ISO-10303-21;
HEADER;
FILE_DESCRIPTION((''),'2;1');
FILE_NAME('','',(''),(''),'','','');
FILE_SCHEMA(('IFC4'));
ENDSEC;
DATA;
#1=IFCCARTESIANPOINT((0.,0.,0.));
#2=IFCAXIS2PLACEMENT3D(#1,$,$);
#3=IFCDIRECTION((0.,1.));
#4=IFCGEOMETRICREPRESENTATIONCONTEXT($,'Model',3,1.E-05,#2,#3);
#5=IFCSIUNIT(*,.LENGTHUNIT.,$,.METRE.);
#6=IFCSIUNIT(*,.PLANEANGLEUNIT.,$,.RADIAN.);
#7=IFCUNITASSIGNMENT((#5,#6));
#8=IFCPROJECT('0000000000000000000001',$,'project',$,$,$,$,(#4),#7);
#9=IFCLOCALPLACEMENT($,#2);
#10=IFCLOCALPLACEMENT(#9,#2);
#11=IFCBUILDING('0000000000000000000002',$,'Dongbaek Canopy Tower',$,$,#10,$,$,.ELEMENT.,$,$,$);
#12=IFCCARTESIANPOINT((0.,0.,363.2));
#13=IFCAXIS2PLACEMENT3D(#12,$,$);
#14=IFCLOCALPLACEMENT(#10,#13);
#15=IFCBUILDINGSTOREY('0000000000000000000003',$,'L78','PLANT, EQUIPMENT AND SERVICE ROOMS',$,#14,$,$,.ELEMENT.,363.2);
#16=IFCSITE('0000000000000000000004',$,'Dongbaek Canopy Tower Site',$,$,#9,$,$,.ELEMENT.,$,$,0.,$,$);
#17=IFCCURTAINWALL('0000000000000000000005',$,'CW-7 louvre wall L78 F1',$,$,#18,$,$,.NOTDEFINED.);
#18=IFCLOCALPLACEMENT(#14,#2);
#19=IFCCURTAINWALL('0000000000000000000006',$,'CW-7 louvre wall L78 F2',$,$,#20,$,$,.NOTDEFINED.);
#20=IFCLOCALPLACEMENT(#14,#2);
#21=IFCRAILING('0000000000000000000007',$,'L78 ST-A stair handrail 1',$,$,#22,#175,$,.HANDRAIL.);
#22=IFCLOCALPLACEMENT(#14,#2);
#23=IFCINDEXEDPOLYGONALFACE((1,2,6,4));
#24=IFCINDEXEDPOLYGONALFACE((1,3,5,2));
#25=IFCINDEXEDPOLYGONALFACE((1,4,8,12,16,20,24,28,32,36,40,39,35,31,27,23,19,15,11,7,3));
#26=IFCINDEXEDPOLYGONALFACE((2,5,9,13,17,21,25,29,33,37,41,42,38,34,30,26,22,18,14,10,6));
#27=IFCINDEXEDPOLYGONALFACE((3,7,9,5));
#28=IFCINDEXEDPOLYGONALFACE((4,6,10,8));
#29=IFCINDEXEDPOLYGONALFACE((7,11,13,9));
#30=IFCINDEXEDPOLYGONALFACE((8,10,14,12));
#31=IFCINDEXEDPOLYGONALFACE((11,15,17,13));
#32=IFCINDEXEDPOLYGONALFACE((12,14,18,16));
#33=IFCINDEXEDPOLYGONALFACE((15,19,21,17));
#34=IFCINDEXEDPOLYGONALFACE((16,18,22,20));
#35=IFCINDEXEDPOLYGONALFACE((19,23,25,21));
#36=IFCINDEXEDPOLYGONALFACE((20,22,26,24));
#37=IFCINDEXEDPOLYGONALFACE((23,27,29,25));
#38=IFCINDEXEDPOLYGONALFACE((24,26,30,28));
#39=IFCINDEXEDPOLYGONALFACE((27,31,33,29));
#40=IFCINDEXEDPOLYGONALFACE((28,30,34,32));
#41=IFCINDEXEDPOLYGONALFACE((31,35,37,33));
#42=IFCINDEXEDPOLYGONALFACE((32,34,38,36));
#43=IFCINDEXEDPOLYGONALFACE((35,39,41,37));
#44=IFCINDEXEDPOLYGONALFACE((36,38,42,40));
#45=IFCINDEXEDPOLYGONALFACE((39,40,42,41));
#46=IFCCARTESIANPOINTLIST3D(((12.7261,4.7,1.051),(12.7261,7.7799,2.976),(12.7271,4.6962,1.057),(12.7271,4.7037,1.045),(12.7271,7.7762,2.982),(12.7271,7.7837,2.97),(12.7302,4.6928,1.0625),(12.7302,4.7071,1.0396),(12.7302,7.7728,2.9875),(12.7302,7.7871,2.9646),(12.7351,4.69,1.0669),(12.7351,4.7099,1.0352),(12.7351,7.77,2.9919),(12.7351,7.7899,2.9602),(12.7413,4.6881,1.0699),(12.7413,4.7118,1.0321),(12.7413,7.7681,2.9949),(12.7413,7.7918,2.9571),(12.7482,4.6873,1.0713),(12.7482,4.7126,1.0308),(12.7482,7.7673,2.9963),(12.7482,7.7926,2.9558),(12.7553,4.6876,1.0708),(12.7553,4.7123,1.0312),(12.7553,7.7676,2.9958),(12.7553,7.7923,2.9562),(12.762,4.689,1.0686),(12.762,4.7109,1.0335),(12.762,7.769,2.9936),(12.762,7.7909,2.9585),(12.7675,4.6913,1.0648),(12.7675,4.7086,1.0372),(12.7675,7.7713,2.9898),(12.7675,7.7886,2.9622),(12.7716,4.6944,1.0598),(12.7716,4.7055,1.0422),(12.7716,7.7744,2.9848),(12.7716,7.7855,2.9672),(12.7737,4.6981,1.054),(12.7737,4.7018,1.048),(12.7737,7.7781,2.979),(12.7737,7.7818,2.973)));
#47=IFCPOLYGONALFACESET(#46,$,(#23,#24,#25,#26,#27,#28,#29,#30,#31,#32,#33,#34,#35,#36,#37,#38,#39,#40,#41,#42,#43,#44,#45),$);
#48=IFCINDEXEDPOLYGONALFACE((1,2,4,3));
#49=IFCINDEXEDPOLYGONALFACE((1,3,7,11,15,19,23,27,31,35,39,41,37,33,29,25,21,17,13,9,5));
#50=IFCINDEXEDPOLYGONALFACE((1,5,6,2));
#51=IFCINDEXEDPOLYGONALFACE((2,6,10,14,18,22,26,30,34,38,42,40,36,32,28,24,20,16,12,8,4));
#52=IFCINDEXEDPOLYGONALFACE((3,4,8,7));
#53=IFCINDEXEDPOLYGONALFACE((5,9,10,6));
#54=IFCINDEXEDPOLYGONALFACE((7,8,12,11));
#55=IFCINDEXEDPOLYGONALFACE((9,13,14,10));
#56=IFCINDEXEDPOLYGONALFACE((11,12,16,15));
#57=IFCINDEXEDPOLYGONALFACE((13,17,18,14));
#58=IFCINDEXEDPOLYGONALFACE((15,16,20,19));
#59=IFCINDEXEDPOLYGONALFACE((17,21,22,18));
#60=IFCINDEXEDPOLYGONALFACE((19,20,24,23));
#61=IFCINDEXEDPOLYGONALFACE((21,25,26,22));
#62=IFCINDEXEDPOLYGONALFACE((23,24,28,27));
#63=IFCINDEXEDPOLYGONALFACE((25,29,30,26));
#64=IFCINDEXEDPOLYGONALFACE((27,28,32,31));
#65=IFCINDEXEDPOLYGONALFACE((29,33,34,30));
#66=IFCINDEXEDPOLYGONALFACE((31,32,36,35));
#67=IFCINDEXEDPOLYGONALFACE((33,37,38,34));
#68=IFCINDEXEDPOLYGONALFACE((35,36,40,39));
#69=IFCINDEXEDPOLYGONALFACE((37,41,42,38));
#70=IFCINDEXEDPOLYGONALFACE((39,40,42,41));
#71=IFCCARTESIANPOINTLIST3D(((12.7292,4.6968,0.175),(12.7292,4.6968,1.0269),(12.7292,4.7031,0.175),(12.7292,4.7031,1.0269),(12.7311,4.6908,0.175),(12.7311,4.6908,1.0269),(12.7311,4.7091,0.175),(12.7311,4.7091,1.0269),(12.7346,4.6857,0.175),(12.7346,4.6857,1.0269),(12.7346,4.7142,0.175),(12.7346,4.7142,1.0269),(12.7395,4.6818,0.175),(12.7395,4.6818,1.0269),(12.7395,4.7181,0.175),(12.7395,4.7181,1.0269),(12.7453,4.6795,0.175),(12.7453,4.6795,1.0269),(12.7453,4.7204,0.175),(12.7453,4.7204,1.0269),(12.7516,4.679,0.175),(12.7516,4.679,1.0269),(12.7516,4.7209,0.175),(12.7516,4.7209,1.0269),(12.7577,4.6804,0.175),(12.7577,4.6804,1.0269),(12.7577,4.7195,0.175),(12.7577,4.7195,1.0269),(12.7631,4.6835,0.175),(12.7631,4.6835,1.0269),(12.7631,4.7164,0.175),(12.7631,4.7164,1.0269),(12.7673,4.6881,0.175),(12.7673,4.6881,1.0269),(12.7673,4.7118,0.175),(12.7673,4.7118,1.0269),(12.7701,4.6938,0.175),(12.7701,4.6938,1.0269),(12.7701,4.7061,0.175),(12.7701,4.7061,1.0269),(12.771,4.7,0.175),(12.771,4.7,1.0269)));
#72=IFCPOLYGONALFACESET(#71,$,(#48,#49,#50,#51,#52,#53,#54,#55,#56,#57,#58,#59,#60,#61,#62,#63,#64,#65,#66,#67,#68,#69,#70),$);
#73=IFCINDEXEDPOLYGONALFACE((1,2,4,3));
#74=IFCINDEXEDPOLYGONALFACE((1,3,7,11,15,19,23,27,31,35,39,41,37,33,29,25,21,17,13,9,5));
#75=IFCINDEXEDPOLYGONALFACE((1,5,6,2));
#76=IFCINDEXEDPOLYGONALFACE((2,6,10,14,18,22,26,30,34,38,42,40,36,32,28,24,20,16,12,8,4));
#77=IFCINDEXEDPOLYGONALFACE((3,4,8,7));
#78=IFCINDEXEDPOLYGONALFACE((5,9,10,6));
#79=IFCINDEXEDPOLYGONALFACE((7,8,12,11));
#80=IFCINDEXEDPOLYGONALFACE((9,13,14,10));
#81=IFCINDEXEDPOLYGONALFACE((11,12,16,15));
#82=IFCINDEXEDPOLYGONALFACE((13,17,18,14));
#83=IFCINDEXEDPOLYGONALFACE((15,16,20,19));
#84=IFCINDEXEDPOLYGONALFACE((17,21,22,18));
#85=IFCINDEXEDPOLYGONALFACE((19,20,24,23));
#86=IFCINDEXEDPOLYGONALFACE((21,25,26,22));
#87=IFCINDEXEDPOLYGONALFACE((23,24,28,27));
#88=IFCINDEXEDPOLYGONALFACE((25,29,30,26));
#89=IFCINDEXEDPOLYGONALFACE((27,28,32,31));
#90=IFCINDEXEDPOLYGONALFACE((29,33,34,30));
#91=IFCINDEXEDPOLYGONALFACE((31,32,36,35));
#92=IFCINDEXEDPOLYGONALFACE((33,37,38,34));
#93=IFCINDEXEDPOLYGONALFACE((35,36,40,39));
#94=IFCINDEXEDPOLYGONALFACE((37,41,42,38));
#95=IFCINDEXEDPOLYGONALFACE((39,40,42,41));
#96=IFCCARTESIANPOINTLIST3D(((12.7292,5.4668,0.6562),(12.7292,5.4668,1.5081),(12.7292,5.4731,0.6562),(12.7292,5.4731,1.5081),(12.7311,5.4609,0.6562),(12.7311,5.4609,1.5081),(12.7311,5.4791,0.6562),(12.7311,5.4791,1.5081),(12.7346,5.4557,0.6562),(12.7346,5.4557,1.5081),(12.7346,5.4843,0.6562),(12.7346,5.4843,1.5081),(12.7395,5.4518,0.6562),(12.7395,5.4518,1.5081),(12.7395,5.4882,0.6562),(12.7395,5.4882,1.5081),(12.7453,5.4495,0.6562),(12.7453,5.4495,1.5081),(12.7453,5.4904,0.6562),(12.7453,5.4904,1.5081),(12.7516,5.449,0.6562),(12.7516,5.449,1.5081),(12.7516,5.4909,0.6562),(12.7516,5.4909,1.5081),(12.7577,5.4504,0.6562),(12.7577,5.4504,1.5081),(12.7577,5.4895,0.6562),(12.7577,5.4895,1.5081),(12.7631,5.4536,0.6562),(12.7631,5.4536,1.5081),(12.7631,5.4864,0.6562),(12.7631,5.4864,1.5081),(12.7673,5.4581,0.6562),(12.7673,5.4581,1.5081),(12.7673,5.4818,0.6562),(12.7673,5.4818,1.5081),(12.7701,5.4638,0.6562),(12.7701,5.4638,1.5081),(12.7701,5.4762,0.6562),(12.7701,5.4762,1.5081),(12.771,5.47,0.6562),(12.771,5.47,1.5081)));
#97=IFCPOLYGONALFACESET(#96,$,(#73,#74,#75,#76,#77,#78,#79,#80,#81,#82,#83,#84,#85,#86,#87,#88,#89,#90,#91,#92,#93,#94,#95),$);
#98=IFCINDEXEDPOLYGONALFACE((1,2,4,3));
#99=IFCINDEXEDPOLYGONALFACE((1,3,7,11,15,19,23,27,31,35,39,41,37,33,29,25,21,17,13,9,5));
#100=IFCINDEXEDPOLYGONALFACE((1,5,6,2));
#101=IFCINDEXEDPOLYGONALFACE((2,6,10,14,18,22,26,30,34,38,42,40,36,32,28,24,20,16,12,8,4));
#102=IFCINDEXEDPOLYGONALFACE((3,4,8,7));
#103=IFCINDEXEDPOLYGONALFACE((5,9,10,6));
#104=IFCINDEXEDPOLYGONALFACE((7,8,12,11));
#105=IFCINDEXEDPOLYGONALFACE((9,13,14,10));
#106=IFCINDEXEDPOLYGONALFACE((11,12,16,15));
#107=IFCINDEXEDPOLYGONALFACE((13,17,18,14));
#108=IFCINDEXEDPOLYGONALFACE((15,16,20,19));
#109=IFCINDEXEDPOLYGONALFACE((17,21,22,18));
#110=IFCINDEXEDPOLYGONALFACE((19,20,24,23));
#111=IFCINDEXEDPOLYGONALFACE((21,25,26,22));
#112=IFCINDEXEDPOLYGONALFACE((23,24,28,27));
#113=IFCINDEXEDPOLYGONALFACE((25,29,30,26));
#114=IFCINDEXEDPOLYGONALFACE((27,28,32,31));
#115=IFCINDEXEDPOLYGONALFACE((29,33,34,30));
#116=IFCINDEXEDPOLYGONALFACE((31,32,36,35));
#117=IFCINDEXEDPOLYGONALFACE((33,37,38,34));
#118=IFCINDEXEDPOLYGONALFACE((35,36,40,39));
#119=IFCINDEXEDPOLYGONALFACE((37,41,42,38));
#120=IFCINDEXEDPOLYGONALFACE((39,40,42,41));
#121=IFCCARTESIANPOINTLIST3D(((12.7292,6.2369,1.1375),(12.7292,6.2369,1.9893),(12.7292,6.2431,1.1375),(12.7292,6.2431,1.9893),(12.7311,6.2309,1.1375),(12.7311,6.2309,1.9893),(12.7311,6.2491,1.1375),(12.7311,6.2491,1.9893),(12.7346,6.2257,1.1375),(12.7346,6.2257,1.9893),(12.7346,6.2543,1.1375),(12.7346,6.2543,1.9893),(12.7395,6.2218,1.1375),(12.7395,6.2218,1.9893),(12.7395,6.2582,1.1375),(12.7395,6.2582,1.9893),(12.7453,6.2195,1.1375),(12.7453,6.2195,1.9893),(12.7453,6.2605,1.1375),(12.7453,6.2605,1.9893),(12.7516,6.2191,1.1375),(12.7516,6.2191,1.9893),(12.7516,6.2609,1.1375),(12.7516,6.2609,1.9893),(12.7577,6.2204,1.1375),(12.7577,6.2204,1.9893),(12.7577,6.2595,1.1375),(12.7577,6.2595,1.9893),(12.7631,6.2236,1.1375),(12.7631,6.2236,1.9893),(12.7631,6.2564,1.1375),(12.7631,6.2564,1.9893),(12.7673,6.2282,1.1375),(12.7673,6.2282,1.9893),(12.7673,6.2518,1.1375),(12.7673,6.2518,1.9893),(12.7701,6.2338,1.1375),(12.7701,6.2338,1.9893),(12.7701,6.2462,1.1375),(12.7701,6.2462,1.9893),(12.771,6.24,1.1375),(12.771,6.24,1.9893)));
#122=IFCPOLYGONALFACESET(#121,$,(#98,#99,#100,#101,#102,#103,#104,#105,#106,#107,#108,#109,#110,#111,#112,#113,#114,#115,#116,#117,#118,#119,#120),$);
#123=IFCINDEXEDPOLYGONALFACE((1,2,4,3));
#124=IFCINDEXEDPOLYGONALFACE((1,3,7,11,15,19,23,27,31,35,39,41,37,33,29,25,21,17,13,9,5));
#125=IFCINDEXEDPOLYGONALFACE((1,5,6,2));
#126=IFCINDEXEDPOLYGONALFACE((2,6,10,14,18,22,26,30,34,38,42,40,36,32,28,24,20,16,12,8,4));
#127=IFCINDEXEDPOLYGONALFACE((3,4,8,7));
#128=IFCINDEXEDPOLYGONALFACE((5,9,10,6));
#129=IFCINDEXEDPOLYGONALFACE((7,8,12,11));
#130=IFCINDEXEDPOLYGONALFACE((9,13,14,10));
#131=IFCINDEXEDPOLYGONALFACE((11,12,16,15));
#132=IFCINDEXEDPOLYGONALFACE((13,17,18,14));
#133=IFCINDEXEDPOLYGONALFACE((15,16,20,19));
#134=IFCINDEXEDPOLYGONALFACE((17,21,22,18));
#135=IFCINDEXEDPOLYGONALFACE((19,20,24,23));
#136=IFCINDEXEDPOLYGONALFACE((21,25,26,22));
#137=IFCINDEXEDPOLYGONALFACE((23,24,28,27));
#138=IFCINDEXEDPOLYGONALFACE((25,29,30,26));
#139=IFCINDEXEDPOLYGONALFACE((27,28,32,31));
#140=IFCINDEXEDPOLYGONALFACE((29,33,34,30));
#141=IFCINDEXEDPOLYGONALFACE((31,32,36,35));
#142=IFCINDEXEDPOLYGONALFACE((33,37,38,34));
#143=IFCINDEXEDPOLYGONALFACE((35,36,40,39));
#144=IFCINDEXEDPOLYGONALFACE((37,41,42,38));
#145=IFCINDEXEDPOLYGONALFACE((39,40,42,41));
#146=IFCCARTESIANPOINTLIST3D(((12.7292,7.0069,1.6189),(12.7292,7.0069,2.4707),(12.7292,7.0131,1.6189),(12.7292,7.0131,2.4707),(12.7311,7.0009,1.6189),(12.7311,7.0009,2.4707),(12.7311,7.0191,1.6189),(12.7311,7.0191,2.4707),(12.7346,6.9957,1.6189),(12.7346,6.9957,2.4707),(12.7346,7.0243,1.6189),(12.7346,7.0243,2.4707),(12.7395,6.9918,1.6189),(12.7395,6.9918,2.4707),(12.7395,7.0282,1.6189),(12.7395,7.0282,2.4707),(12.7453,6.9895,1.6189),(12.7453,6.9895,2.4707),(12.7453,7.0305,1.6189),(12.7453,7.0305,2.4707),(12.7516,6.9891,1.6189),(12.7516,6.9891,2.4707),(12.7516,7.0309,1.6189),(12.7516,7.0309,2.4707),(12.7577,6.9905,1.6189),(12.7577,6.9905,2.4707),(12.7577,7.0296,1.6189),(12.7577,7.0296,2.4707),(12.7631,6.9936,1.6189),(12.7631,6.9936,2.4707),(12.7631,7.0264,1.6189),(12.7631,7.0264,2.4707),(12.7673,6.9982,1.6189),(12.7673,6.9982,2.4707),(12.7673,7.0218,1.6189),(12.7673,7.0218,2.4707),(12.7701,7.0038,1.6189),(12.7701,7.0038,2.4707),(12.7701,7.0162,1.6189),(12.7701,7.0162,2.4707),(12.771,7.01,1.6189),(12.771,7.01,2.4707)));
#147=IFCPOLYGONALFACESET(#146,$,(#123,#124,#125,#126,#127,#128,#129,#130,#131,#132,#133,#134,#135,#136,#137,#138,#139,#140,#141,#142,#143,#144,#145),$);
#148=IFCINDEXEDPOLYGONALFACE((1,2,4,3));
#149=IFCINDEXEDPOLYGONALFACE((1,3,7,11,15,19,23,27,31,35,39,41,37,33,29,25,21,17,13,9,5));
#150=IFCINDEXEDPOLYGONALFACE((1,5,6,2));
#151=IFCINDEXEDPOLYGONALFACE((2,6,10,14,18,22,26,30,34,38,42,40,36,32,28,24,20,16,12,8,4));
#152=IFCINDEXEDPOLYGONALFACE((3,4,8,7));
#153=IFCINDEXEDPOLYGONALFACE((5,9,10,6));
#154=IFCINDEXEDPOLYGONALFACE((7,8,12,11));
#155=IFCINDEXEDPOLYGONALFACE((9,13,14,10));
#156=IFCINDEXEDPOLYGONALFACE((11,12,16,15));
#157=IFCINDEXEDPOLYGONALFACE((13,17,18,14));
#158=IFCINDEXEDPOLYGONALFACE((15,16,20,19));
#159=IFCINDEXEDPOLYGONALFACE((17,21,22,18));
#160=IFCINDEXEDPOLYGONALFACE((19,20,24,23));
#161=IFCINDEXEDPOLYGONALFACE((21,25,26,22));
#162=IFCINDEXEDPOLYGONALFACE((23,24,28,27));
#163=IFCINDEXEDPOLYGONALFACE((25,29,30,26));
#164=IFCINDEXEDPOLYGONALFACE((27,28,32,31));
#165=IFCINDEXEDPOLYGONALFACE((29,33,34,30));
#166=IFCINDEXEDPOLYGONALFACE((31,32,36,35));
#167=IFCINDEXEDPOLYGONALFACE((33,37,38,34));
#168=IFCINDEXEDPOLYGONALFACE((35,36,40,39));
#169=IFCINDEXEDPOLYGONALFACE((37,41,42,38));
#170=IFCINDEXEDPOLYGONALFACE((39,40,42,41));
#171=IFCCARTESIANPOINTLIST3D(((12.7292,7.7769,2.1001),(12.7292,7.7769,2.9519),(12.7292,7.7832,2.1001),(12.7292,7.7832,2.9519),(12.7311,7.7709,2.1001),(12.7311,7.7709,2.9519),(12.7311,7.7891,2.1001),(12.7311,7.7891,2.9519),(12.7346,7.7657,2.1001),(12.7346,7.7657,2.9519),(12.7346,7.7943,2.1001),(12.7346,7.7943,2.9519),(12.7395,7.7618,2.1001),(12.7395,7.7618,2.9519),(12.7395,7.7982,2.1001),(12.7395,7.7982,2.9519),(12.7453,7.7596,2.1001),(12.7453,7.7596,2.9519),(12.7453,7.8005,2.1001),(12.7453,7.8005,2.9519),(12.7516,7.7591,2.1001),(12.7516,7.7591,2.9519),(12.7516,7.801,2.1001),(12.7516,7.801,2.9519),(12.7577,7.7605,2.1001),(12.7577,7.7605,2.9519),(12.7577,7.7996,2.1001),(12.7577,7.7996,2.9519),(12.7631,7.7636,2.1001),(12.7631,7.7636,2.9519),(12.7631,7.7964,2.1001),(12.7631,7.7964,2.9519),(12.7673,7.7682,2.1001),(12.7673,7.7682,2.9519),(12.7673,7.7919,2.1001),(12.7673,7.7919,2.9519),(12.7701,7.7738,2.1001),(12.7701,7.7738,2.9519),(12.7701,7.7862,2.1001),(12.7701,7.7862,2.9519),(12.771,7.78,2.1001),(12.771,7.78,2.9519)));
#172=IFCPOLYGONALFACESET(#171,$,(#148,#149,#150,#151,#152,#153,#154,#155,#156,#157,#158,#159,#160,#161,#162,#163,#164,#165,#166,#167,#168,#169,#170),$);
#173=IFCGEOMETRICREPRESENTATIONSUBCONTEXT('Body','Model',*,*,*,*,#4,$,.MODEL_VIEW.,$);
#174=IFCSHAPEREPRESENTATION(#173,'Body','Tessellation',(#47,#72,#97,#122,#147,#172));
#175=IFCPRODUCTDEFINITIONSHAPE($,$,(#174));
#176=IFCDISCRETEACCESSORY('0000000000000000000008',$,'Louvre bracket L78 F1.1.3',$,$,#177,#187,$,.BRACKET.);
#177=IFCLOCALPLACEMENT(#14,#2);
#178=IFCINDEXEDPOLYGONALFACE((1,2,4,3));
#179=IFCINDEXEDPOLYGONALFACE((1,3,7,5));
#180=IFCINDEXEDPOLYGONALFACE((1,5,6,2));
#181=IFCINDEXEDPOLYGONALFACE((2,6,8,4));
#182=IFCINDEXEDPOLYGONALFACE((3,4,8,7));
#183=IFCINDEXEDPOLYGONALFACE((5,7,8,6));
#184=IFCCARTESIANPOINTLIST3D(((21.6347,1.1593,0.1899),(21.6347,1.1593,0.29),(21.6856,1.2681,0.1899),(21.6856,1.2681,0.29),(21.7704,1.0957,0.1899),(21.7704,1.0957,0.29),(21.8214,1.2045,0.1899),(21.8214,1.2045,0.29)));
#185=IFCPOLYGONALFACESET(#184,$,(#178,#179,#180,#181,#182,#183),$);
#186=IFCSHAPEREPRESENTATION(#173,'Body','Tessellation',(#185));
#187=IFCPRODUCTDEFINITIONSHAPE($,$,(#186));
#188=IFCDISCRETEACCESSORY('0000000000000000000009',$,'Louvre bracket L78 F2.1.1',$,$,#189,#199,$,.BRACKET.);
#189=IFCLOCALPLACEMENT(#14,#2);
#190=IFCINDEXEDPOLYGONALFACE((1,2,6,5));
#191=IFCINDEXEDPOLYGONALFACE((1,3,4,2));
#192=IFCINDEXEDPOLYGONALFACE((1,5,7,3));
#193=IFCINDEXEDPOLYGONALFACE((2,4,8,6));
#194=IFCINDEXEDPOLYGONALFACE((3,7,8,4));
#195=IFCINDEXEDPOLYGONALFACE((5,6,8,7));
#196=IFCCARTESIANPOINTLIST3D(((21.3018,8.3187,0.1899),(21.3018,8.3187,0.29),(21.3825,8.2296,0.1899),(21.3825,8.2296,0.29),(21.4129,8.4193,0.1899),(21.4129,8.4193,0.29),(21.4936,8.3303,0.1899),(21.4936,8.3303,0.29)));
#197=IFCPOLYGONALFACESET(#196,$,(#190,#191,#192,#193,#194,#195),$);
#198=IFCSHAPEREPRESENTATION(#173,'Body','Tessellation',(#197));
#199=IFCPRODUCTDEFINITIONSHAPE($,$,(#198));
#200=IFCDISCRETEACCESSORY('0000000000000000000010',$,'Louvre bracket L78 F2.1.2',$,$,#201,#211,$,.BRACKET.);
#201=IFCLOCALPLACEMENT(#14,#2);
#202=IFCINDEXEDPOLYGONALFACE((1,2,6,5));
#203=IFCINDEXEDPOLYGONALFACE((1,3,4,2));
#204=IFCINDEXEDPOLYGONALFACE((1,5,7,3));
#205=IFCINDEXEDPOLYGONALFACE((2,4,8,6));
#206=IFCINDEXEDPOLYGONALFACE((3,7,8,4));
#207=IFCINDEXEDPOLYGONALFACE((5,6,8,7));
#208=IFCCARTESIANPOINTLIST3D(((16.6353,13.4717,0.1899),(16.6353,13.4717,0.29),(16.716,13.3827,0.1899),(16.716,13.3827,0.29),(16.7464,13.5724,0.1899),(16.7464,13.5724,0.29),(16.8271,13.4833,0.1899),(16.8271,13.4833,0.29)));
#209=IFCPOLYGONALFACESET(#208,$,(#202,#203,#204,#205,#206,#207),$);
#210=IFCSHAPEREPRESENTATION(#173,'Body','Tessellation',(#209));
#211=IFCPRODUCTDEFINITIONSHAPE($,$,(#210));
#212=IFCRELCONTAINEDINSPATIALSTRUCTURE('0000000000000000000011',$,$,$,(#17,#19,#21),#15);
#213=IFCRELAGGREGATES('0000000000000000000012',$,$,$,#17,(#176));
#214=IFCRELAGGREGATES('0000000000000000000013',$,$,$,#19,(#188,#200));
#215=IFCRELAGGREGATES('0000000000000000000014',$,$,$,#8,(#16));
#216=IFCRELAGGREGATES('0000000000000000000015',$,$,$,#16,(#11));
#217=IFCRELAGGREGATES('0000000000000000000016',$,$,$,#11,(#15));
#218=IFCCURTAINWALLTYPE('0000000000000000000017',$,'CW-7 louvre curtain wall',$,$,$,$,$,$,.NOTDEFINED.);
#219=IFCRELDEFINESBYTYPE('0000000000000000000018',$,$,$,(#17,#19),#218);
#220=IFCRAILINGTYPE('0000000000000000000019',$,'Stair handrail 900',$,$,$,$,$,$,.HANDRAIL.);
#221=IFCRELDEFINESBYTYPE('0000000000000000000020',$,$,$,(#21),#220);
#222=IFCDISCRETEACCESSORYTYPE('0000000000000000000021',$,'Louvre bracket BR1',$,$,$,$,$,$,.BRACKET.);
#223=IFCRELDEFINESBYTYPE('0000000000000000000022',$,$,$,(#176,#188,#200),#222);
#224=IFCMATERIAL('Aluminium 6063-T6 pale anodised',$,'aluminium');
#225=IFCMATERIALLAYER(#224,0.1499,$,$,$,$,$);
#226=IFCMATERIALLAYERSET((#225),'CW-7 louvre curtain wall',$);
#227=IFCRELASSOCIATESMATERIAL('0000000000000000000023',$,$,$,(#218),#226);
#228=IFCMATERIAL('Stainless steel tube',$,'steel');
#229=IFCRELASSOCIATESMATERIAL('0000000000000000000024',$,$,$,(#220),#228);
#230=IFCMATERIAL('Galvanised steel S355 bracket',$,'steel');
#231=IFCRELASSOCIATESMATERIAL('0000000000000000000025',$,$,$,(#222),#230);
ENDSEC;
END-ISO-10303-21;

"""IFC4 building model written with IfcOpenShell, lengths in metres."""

from ifc_helpers import new_model, si_unit, direction, frame, origin, origin_2d, place, context, subcontext, project, spatial, rectangle, circle, extrude, material, layer, layer_set, type_object, element, aggregate, save


model = new_model("IFC4")

# Units and contexts
model_context = context("Model", 3, precision=1e-05, world=origin(), true_north=direction((0.0, 1.0)))
body_context = subcontext(model_context, "Body", "Model", "MODEL_VIEW")
ifc_project = project(units=[si_unit("LENGTHUNIT", "METRE"), si_unit("PLANEANGLEUNIT", "RADIAN")], contexts=[model_context])

# Site, building, storey
site_placement = place(None, origin())
site = spatial("IfcSite", under=ifc_project, at=site_placement, Name="Dongbaek Canopy Tower Site", CompositionType="ELEMENT", RefElevation=0.0)
building_placement = place(site_placement, origin())
building = spatial("IfcBuilding", under=site, at=building_placement, Name="Dongbaek Canopy Tower", CompositionType="ELEMENT")
storey_placement = place(building_placement, frame((0.0, 0.0, 363.2)))
storey = spatial("IfcBuildingStorey", under=building, at=storey_placement, Name="L78", Description="PLANT, EQUIPMENT AND SERVICE ROOMS", CompositionType="ELEMENT", Elevation=363.2)

# Curtain wall
ifc_material_1 = material(Name="Aluminium 6063-T6 pale anodised", Category="aluminium")
ifc_layer_1 = layer(ifc_material_1, 0.1499)
ifc_layer_set_1 = layer_set([ifc_layer_1], Name="CW-7 louvre curtain wall")
curtain_wall_type = type_object("IfcCurtainWallType", Name="CW-7 louvre curtain wall", PredefinedType="NOTDEFINED", material=ifc_layer_set_1)
curtain_wall_1_placement = place(storey_placement, origin())
curtain_wall_1 = element("IfcCurtainWall", 1, at=curtain_wall_1_placement, inside=storey, type_object=curtain_wall_type, Name="CW-7 louvre wall L78 F1", PredefinedType="NOTDEFINED")

# Curtain wall
curtain_wall_2_placement = place(storey_placement, origin())
curtain_wall_2 = element("IfcCurtainWall", 2, at=curtain_wall_2_placement, inside=storey, type_object=curtain_wall_type, Name="CW-7 louvre wall L78 F2", PredefinedType="NOTDEFINED")

# Railing
ifc_material_2 = material(Name="Stainless steel tube", Category="steel")
railing_type_1 = type_object("IfcRailingType", Name="Stair handrail 900", PredefinedType="HANDRAIL", material=ifc_material_2)
railing_1_placement = place(storey_placement, frame((12.75, 4.7, 0.175)))
element("IfcRailing", 3, at=railing_1_placement, inside=storey, type_object=railing_type_1, Name="L78 ST-A stair handrail 1", PredefinedType="HANDRAIL", context=body_context, shape_type="SweptSolid", body=[
    extrude(circle(Radius=0.0239, at=origin_2d()), frame((0.0, 0.0, 0.876), z_axis=(0.0, 0.847998, 0.529999), x_axis=(-1.0, 0.0, 0.0)), (0.0, 0.0, 1.0), 3.6321),
    extrude(circle(Radius=0.021, at=origin_2d()), origin(), (0.0, 0.0, 1.0), 0.8518),
    extrude(circle(Radius=0.021, at=origin_2d()), frame((0.0, 0.77, 0.4812)), (0.0, 0.0, 1.0), 0.8518),
    extrude(circle(Radius=0.021, at=origin_2d()), frame((0.0, 1.54, 0.9624)), (0.0, 0.0, 1.0), 0.8518),
    extrude(circle(Radius=0.021, at=origin_2d()), frame((0.0, 2.3101, 1.4438)), (0.0, 0.0, 1.0), 0.8518),
    extrude(circle(Radius=0.021, at=origin_2d()), frame((0.0, 3.0801, 1.925)), (0.0, 0.0, 1.0), 0.8518),
])

# Discrete accessories
ifc_material_3 = material(Name="Galvanised steel S355 bracket", Category="steel")
discrete_accessory_type = type_object("IfcDiscreteAccessoryType", Name="Louvre bracket BR1", PredefinedType="BRACKET", material=ifc_material_3)
discrete_accessory_1_placement = place(storey_placement, frame((21.728, 1.1819, 0.1899), z_axis=(0.0, 0.0, 1.0), x_axis=(0.424123, 0.905605, 0.0)))
discrete_accessory_1 = element("IfcDiscreteAccessory", 4, at=discrete_accessory_1_placement, type_object=discrete_accessory_type, Name="Louvre bracket L78 F1.1.3", PredefinedType="BRACKET", context=body_context, shape_type="SweptSolid", body=[
    extrude(rectangle(XDim=0.1201, YDim=0.1499, at=origin_2d()), origin(), (0.0, 0.0, 1.0), 0.1001),
])
aggregate(curtain_wall_1, [discrete_accessory_1])
discrete_accessory_2_placement = place(storey_placement, frame((21.3977, 8.3245, 0.1899), z_axis=(0.0, 0.0, 1.0), x_axis=(-0.67126, 0.741222, 0.0)))
discrete_accessory_2 = element("IfcDiscreteAccessory", 5, at=discrete_accessory_2_placement, type_object=discrete_accessory_type, Name="Louvre bracket L78 F2.1.1", PredefinedType="BRACKET", context=body_context, shape_type="SweptSolid", body=[
    extrude(rectangle(XDim=0.1201, YDim=0.1499, at=origin_2d()), origin(), (0.0, 0.0, 1.0), 0.1001),
])
discrete_accessory_3_placement = place(storey_placement, frame((16.7312, 13.4775, 0.1899), z_axis=(0.0, 0.0, 1.0), x_axis=(-0.67126, 0.741222, 0.0)))
discrete_accessory_3 = element("IfcDiscreteAccessory", 6, at=discrete_accessory_3_placement, type_object=discrete_accessory_type, Name="Louvre bracket L78 F2.1.2", PredefinedType="BRACKET", context=body_context, shape_type="SweptSolid", body=[
    extrude(rectangle(XDim=0.1201, YDim=0.1499, at=origin_2d()), origin(), (0.0, 0.0, 1.0), 0.1001),
])
aggregate(curtain_wall_2, [discrete_accessory_2, discrete_accessory_3])

save(model, "model.ifc")
